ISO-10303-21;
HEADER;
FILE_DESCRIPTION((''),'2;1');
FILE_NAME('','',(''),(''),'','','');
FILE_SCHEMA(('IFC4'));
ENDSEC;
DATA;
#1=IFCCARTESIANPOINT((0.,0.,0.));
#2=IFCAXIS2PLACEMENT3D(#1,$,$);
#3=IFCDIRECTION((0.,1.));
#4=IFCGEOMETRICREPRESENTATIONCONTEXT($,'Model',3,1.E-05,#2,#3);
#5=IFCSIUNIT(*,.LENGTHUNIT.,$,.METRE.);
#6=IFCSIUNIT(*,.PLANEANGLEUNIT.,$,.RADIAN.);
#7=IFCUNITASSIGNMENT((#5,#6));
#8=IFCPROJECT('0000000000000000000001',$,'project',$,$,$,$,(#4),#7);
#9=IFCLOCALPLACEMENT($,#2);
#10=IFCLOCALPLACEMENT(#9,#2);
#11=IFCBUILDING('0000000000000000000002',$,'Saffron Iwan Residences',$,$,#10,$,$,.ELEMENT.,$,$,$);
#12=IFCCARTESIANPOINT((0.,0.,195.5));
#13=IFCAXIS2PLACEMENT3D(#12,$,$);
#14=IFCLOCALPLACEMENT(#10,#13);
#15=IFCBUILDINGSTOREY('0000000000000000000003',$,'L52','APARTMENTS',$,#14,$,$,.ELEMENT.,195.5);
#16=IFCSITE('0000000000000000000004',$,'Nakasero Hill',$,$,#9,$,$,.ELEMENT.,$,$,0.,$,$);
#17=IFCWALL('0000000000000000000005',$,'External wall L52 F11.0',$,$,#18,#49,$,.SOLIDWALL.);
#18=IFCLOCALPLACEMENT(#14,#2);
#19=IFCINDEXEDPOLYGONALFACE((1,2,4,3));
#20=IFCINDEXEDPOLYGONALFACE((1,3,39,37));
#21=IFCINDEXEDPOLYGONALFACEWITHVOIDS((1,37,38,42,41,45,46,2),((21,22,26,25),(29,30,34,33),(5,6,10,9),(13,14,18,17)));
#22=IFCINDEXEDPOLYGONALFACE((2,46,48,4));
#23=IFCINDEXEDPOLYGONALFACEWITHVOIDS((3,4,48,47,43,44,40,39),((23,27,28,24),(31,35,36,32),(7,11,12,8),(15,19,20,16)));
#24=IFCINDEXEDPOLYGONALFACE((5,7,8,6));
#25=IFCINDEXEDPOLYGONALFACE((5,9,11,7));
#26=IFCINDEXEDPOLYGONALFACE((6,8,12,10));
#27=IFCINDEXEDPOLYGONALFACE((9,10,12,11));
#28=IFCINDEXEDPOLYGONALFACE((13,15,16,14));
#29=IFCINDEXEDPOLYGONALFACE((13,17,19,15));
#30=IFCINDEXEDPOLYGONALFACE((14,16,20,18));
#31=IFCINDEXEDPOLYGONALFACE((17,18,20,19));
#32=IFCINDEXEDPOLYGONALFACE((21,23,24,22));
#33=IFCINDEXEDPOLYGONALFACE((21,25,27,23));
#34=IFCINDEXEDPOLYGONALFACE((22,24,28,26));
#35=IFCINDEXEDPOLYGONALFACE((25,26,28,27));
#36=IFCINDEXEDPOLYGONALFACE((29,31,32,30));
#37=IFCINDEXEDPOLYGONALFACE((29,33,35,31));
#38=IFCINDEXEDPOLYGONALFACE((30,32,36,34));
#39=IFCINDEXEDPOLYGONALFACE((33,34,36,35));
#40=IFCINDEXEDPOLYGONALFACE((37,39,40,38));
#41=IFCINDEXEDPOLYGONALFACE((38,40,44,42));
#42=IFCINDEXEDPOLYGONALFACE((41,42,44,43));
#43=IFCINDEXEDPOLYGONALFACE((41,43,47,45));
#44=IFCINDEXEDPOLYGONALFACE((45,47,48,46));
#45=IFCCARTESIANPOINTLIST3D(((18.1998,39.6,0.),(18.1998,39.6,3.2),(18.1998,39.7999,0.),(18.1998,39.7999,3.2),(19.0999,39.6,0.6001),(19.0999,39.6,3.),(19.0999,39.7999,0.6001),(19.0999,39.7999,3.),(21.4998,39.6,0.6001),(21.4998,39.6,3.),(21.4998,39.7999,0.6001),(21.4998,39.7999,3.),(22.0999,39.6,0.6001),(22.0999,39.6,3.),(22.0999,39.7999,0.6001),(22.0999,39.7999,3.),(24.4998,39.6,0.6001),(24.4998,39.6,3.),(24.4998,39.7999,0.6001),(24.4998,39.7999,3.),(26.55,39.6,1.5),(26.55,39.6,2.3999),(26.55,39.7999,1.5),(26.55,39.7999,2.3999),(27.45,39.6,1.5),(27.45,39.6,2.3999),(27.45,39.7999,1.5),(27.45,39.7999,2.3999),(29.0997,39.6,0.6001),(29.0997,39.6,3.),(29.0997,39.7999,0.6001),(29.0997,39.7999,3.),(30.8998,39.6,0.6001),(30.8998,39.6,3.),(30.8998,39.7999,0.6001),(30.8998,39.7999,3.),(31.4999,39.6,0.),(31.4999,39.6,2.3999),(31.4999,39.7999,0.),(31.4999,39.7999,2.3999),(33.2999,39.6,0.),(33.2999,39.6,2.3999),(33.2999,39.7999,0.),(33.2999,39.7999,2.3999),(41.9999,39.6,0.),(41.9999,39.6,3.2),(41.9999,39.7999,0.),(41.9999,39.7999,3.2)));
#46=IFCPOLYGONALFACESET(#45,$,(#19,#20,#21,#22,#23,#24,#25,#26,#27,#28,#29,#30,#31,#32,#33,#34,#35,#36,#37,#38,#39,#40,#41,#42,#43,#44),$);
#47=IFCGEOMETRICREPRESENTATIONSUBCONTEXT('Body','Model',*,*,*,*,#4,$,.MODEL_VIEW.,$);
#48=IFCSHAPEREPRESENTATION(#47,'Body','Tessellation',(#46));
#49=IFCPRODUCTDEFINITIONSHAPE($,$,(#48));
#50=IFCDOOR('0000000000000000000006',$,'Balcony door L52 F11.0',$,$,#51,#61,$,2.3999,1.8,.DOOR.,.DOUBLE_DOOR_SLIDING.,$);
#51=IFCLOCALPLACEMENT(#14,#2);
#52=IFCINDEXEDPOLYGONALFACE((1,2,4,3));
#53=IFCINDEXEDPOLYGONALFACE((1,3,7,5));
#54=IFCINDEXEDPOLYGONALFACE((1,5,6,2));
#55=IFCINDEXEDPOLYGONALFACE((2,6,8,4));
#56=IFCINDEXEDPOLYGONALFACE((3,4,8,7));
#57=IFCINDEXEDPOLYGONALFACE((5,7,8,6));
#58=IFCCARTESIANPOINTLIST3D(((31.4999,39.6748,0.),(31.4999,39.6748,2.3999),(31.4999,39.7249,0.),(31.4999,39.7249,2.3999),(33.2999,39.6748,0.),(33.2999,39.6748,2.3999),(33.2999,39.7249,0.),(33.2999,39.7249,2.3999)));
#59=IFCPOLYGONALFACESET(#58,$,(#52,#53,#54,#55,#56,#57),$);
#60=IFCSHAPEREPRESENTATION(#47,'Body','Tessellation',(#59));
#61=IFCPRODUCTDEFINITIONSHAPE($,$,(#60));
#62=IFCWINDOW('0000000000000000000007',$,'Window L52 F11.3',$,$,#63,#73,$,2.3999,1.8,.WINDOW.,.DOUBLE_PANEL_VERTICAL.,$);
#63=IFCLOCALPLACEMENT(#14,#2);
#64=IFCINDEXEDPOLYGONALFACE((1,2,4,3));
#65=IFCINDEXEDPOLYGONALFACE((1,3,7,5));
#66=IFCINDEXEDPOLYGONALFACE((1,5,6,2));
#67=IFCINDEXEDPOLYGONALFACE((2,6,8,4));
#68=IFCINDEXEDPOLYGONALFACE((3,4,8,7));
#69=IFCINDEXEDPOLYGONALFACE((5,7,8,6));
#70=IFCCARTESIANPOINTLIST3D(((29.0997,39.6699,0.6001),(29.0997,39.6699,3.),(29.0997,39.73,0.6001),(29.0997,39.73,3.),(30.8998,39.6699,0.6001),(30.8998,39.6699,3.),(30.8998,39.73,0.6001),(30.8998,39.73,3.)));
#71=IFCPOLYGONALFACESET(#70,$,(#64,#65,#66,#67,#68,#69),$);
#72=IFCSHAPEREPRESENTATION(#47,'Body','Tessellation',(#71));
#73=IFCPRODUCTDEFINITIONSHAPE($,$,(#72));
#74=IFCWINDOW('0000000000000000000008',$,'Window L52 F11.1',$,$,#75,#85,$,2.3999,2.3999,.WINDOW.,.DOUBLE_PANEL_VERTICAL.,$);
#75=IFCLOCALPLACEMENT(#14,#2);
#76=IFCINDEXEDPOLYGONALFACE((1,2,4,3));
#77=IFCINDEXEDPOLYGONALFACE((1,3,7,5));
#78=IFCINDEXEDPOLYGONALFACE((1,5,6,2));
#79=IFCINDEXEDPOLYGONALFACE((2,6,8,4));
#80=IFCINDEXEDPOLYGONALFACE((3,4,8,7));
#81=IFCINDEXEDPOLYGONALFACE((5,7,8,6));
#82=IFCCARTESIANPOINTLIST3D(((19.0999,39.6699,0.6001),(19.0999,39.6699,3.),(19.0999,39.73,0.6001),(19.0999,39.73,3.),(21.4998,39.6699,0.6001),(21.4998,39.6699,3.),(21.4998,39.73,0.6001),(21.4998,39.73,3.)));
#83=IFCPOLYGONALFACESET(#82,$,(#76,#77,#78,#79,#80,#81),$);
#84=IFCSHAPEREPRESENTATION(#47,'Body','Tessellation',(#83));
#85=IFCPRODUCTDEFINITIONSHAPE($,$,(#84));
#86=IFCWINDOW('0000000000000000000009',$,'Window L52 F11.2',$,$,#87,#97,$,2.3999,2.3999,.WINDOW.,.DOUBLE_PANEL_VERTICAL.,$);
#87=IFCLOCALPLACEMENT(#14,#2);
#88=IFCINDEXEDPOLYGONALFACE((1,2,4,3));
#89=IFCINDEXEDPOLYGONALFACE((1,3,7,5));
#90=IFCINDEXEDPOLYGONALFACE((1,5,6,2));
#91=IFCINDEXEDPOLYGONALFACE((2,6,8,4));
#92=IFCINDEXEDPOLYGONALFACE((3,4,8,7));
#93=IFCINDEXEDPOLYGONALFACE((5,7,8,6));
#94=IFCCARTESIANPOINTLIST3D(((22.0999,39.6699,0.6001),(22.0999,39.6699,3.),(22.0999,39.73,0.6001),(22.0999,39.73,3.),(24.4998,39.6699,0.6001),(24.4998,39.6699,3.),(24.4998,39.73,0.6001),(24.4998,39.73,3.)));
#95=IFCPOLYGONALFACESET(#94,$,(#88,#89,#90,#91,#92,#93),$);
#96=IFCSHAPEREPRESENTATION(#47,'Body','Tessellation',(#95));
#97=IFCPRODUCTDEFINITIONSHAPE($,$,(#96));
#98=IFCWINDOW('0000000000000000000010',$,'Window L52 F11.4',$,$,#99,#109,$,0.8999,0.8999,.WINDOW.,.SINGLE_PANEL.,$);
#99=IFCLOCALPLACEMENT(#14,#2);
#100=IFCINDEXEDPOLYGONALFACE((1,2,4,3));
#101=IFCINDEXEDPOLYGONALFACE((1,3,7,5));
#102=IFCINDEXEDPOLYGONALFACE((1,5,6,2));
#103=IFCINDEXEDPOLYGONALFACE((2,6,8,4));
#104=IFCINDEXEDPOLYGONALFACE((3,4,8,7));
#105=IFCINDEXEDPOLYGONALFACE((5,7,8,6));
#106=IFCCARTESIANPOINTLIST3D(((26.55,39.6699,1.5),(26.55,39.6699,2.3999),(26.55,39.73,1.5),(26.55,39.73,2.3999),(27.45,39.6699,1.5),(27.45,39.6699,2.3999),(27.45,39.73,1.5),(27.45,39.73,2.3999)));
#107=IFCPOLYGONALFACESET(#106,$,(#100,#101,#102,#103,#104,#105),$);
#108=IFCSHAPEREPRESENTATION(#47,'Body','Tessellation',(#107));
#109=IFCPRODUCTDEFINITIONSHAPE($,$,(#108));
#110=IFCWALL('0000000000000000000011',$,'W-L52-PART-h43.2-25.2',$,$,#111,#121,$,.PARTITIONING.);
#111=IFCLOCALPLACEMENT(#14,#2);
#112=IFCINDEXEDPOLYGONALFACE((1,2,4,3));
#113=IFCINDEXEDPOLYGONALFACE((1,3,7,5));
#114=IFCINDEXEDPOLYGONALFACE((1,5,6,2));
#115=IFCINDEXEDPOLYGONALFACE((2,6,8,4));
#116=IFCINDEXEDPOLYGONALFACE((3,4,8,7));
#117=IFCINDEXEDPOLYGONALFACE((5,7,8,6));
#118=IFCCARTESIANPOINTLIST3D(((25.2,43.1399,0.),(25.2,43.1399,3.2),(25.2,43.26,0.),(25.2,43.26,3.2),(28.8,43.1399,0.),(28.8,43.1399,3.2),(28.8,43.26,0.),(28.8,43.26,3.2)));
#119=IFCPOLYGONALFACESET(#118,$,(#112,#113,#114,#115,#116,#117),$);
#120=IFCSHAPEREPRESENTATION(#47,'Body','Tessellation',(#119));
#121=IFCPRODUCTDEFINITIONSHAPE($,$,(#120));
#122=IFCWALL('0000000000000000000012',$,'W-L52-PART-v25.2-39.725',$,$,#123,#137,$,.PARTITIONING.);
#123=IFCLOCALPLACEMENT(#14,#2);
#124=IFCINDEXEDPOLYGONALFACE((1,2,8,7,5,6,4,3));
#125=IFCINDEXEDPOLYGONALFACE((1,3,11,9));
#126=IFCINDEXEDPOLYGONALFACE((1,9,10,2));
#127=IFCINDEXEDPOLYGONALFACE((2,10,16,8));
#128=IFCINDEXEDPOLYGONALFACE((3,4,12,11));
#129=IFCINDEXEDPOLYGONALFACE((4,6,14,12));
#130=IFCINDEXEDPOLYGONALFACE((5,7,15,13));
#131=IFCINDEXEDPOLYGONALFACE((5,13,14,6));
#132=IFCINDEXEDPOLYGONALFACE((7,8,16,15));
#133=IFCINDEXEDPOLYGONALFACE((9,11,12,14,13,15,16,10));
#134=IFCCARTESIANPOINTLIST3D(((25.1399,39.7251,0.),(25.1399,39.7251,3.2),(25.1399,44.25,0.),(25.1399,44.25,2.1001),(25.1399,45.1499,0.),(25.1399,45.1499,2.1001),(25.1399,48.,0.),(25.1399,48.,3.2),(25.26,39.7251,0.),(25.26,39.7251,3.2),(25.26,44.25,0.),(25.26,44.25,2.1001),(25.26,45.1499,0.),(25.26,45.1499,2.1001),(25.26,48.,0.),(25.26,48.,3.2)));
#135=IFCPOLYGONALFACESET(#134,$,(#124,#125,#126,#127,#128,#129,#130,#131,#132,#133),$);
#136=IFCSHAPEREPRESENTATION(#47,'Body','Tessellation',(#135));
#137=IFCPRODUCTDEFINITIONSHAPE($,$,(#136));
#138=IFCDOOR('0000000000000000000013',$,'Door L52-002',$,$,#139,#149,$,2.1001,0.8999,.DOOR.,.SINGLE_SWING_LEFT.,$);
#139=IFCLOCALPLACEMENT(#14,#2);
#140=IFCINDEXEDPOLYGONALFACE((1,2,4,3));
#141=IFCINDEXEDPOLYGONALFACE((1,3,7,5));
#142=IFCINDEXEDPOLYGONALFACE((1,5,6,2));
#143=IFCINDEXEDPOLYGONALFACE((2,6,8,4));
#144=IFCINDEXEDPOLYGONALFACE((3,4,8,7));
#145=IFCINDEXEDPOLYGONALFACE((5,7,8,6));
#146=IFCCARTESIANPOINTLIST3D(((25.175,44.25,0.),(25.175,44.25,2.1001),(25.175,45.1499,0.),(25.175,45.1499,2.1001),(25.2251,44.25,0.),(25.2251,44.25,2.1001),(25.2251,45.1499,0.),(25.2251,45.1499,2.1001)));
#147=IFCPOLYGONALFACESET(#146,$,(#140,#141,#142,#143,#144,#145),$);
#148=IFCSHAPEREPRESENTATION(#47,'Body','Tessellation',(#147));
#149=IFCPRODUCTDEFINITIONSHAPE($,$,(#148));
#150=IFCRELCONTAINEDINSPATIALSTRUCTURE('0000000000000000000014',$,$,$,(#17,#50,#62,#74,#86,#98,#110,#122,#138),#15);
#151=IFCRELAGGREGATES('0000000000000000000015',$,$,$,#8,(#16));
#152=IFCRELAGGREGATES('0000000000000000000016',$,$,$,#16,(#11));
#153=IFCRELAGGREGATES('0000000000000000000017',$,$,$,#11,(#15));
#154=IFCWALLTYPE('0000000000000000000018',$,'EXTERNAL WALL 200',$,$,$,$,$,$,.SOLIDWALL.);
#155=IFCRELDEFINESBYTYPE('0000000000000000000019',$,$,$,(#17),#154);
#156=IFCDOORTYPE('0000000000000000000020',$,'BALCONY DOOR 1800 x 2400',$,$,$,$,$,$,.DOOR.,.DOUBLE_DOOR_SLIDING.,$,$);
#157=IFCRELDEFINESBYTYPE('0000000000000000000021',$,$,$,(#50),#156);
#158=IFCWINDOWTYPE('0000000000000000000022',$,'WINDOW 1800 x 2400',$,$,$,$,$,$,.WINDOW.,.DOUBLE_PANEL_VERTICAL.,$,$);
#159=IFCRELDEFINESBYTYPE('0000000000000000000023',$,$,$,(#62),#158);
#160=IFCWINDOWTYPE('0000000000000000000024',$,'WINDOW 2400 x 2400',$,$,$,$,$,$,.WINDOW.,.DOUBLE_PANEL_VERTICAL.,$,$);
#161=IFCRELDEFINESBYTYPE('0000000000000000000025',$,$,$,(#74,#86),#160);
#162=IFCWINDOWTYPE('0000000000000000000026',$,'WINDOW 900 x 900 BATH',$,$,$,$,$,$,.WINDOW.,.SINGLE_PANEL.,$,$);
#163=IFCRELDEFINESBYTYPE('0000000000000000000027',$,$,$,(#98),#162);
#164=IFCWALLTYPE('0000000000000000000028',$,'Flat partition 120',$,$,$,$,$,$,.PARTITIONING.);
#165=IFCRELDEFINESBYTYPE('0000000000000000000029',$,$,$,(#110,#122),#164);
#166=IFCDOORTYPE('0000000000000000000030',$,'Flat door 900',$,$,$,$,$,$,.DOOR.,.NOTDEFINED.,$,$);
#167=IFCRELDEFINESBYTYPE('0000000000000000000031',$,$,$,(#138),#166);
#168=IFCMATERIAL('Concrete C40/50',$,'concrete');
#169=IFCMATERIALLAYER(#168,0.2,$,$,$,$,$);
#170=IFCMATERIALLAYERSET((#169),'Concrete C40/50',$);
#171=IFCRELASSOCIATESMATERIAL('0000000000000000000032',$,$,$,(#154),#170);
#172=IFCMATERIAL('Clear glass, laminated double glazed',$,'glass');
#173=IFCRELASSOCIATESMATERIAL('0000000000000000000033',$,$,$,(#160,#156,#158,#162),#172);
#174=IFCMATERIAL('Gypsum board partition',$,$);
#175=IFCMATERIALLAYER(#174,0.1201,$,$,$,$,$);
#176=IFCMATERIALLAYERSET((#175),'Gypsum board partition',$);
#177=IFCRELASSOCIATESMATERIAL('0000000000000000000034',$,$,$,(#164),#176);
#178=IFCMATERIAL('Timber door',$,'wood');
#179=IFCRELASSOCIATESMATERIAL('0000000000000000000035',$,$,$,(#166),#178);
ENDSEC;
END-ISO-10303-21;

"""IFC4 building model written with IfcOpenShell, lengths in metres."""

from ifc_helpers import new_model, si_unit, direction, frame, frame_2d, origin, place, context, subcontext, project, spatial, rectangle, extrude, material, layer, layer_set, type_object, element, fill, save


model = new_model("IFC4")

# Units and contexts
model_context = context("Model", 3, precision=1e-05, world=origin(), true_north=direction((0.0, 1.0)))
body_context = subcontext(model_context, "Body", "Model", "MODEL_VIEW")
ifc_project = project(units=[si_unit("LENGTHUNIT", "METRE"), si_unit("PLANEANGLEUNIT", "RADIAN")], contexts=[model_context])

# Site, building, storey
site_placement = place(None, origin())
site = spatial("IfcSite", under=ifc_project, at=site_placement, Name="Nakasero Hill", CompositionType="ELEMENT", RefElevation=0.0)
building_placement = place(site_placement, origin())
building = spatial("IfcBuilding", under=site, at=building_placement, Name="Saffron Iwan Residences", CompositionType="ELEMENT")
storey_placement = place(building_placement, frame((0.0, 0.0, 195.5)))
storey = spatial("IfcBuildingStorey", under=building, at=storey_placement, Name="L52", Description="APARTMENTS", CompositionType="ELEMENT", Elevation=195.5)

# Shared definitions
ifc_material_1 = material(Name="Concrete C40/50", Category="concrete")
ifc_layer_1 = layer(ifc_material_1, 0.2)
ifc_layer_set_1 = layer_set([ifc_layer_1], Name="Concrete C40/50")
wall_type_1 = type_object("IfcWallType", Name="EXTERNAL WALL 200", PredefinedType="SOLIDWALL", material=ifc_layer_set_1)
ifc_material_2 = material(Name="Clear glass, laminated double glazed", Category="glass")
window_type_1 = type_object("IfcWindowType", Name="WINDOW 2400 x 2400", PartitioningType="DOUBLE_PANEL_VERTICAL", PredefinedType="WINDOW", material=ifc_material_2)

# Wall, openings, door, windows
wall_1_placement = place(storey_placement, frame((18.2, 39.7, 0.0), z_axis=(0.0, 0.0, 1.0), x_axis=(1.0, 0.0, 0.0)))
wall_1 = element("IfcWall", 1, at=wall_1_placement, inside=storey, type_object=wall_type_1, Name="External wall L52 F11.0", PredefinedType="SOLIDWALL", context=body_context, shape_type="SweptSolid", body=[
    extrude(rectangle(XDim=23.8, YDim=0.2, at=frame_2d((11.8999, 0.0))), origin(), (0.0, 0.0, 1.0), 3.2),
])
opening_1_placement = place(wall_1_placement, frame((13.3, 0.0, 0.0)))
opening_1 = element("IfcOpeningElement", 2, at=opening_1_placement, cuts=wall_1, PredefinedType="OPENING", context=body_context, shape_type="SweptSolid", body=[
    extrude(rectangle(XDim=1.8, YDim=2.3999, at=frame_2d((0.8999, 1.2))), frame((0.0, 0.1099, 0.0), z_axis=(0.0, -1.0, 0.0), x_axis=(1.0, 0.0, 0.0)), (0.0, 0.0, 1.0), 0.22),
])
opening_2_placement = place(wall_1_placement, frame((0.8999, 0.0, 0.6001)))
opening_2 = element("IfcOpeningElement", 3, at=opening_2_placement, cuts=wall_1, PredefinedType="OPENING", context=body_context, shape_type="SweptSolid", body=[
    extrude(rectangle(XDim=2.3999, YDim=2.3999, at=frame_2d((1.2, 1.2))), frame((0.0, 0.1099, 0.0), z_axis=(0.0, -1.0, 0.0), x_axis=(1.0, 0.0, 0.0)), (0.0, 0.0, 1.0), 0.22),
])
opening_3_placement = place(wall_1_placement, frame((3.8999, 0.0, 0.6001)))
opening_3 = element("IfcOpeningElement", 4, at=opening_3_placement, cuts=wall_1, PredefinedType="OPENING", context=body_context, shape_type="SweptSolid", body=[
    extrude(rectangle(XDim=2.3999, YDim=2.3999, at=frame_2d((1.2, 1.2))), frame((0.0, 0.1099, 0.0), z_axis=(0.0, -1.0, 0.0), x_axis=(1.0, 0.0, 0.0)), (0.0, 0.0, 1.0), 0.22),
])
opening_4_placement = place(wall_1_placement, frame((10.8999, 0.0, 0.6001)))
opening_4 = element("IfcOpeningElement", 5, at=opening_4_placement, cuts=wall_1, PredefinedType="OPENING", context=body_context, shape_type="SweptSolid", body=[
    extrude(rectangle(XDim=1.8, YDim=2.3999, at=frame_2d((0.8999, 1.2))), frame((0.0, 0.1099, 0.0), z_axis=(0.0, -1.0, 0.0), x_axis=(1.0, 0.0, 0.0)), (0.0, 0.0, 1.0), 0.22),
])
opening_5_placement = place(wall_1_placement, frame((8.3501, 0.0, 1.5)))
opening_5 = element("IfcOpeningElement", 6, at=opening_5_placement, cuts=wall_1, PredefinedType="OPENING", context=body_context, shape_type="SweptSolid", body=[
    extrude(rectangle(XDim=0.8999, YDim=0.8999, at=frame_2d((0.45, 0.45))), frame((0.0, 0.1099, 0.0), z_axis=(0.0, -1.0, 0.0), x_axis=(1.0, 0.0, 0.0)), (0.0, 0.0, 1.0), 0.22),
])
door_type_1 = type_object("IfcDoorType", Name="BALCONY DOOR 1800 x 2400", OperationType="DOUBLE_DOOR_SLIDING", PredefinedType="DOOR", material=ifc_material_2)
door_1_placement = place(opening_1_placement, origin())
door_1 = element("IfcDoor", 7, at=door_1_placement, inside=storey, type_object=door_type_1, Name="Balcony door L52 F11.0", OperationType="DOUBLE_DOOR_SLIDING", OverallHeight=2.3999, OverallWidth=1.8, PredefinedType="DOOR", context=body_context, shape_type="SweptSolid", body=[
    extrude(rectangle(XDim=1.8, YDim=2.3999, at=frame_2d((0.8999, 1.2))), frame((0.0, 0.0249, 0.0), z_axis=(0.0, -1.0, 0.0), x_axis=(1.0, 0.0, 0.0)), (0.0, 0.0, 1.0), 0.05),
])
fill(opening_1, door_1)
window_type_2 = type_object("IfcWindowType", Name="WINDOW 1800 x 2400", PartitioningType="DOUBLE_PANEL_VERTICAL", PredefinedType="WINDOW", material=ifc_material_2)
window_1_placement = place(opening_4_placement, origin())
window_1 = element("IfcWindow", 8, at=window_1_placement, inside=storey, type_object=window_type_2, Name="Window L52 F11.3", OverallHeight=2.3999, OverallWidth=1.8, PartitioningType="DOUBLE_PANEL_VERTICAL", PredefinedType="WINDOW", context=body_context, shape_type="SweptSolid", body=[
    extrude(rectangle(XDim=1.8, YDim=2.3999, at=frame_2d((0.8999, 1.2))), frame((0.0, 0.03, 0.0), z_axis=(0.0, -1.0, 0.0), x_axis=(1.0, 0.0, 0.0)), (0.0, 0.0, 1.0), 0.0601),
])
fill(opening_4, window_1)
window_2_placement = place(opening_2_placement, origin())
window_2 = element("IfcWindow", 9, at=window_2_placement, inside=storey, type_object=window_type_1, Name="Window L52 F11.1", OverallHeight=2.3999, OverallWidth=2.3999, PartitioningType="DOUBLE_PANEL_VERTICAL", PredefinedType="WINDOW", context=body_context, shape_type="SweptSolid", body=[
    extrude(rectangle(XDim=2.3999, YDim=2.3999, at=frame_2d((1.2, 1.2))), frame((0.0, 0.03, 0.0), z_axis=(0.0, -1.0, 0.0), x_axis=(1.0, 0.0, 0.0)), (0.0, 0.0, 1.0), 0.0601),
])
fill(opening_2, window_2)
window_3_placement = place(opening_3_placement, origin())
window_3 = element("IfcWindow", 10, at=window_3_placement, inside=storey, type_object=window_type_1, Name="Window L52 F11.2", OverallHeight=2.3999, OverallWidth=2.3999, PartitioningType="DOUBLE_PANEL_VERTICAL", PredefinedType="WINDOW", context=body_context, shape_type="SweptSolid", body=[
    extrude(rectangle(XDim=2.3999, YDim=2.3999, at=frame_2d((1.2, 1.2))), frame((0.0, 0.03, 0.0), z_axis=(0.0, -1.0, 0.0), x_axis=(1.0, 0.0, 0.0)), (0.0, 0.0, 1.0), 0.0601),
])
fill(opening_3, window_3)
window_type_3 = type_object("IfcWindowType", Name="WINDOW 900 x 900 BATH", PartitioningType="SINGLE_PANEL", PredefinedType="WINDOW", material=ifc_material_2)
window_4_placement = place(opening_5_placement, origin())
window_4 = element("IfcWindow", 11, at=window_4_placement, inside=storey, type_object=window_type_3, Name="Window L52 F11.4", OverallHeight=0.8999, OverallWidth=0.8999, PartitioningType="SINGLE_PANEL", PredefinedType="WINDOW", context=body_context, shape_type="SweptSolid", body=[
    extrude(rectangle(XDim=0.8999, YDim=0.8999, at=frame_2d((0.45, 0.45))), frame((0.0, 0.03, 0.0), z_axis=(0.0, -1.0, 0.0), x_axis=(1.0, 0.0, 0.0)), (0.0, 0.0, 1.0), 0.0601),
])
fill(opening_5, window_4)

# Wall
ifc_material_3 = material(Name="Gypsum board partition")
ifc_layer_2 = layer(ifc_material_3, 0.1201)
ifc_layer_set_2 = layer_set([ifc_layer_2], Name="Gypsum board partition")
wall_type_2 = type_object("IfcWallType", Name="Flat partition 120", PredefinedType="PARTITIONING", material=ifc_layer_set_2)
wall_2_placement = place(storey_placement, frame((25.2, 43.2, 0.0), z_axis=(0.0, 0.0, 1.0), x_axis=(1.0, 0.0, 0.0)))
element("IfcWall", 12, at=wall_2_placement, inside=storey, type_object=wall_type_2, Name="W-L52-PART-h43.2-25.2", PredefinedType="PARTITIONING", context=body_context, shape_type="SweptSolid", body=[
    extrude(rectangle(XDim=3.6001, YDim=0.1201, at=frame_2d((1.8, 0.0))), origin(), (0.0, 0.0, 1.0), 3.2),
])

# Wall, opening, door
wall_3_placement = place(storey_placement, frame((25.2, 39.7251, 0.0), z_axis=(0.0, 0.0, 1.0), x_axis=(0.0, 1.0, 0.0)))
wall_3 = element("IfcWall", 13, at=wall_3_placement, inside=storey, type_object=wall_type_2, Name="W-L52-PART-v25.2-39.725", PredefinedType="PARTITIONING", context=body_context, shape_type="SweptSolid", body=[
    extrude(rectangle(XDim=8.2749, YDim=0.1201, at=frame_2d((4.1375, 0.0))), origin(), (0.0, 0.0, 1.0), 3.2),
])
opening_6_placement = place(wall_3_placement, frame((4.5249, 0.0, 0.0)))
opening_6 = element("IfcOpeningElement", 14, at=opening_6_placement, cuts=wall_3, PredefinedType="OPENING", context=body_context, shape_type="SweptSolid", body=[
    extrude(rectangle(XDim=0.8999, YDim=2.1001, at=frame_2d((0.45, 1.05))), frame((0.0, 0.0701, 0.0), z_axis=(0.0, -1.0, 0.0), x_axis=(1.0, 0.0, 0.0)), (0.0, 0.0, 1.0), 0.1401),
])
ifc_material_4 = material(Name="Timber door", Category="wood")
door_type_2 = type_object("IfcDoorType", Name="Flat door 900", OperationType="NOTDEFINED", PredefinedType="DOOR", material=ifc_material_4)
door_2_placement = place(opening_6_placement, origin())
door_2 = element("IfcDoor", 15, at=door_2_placement, inside=storey, type_object=door_type_2, Name="Door L52-002", OperationType="SINGLE_SWING_LEFT", OverallHeight=2.1001, OverallWidth=0.8999, PredefinedType="DOOR", context=body_context, shape_type="SweptSolid", body=[
    extrude(rectangle(XDim=0.8999, YDim=2.1001, at=frame_2d((0.45, 1.05))), frame((0.0, 0.0249, 0.0), z_axis=(0.0, -1.0, 0.0), x_axis=(1.0, 0.0, 0.0)), (0.0, 0.0, 1.0), 0.05),
])
fill(opening_6, door_2)

save(model, "model.ifc")
